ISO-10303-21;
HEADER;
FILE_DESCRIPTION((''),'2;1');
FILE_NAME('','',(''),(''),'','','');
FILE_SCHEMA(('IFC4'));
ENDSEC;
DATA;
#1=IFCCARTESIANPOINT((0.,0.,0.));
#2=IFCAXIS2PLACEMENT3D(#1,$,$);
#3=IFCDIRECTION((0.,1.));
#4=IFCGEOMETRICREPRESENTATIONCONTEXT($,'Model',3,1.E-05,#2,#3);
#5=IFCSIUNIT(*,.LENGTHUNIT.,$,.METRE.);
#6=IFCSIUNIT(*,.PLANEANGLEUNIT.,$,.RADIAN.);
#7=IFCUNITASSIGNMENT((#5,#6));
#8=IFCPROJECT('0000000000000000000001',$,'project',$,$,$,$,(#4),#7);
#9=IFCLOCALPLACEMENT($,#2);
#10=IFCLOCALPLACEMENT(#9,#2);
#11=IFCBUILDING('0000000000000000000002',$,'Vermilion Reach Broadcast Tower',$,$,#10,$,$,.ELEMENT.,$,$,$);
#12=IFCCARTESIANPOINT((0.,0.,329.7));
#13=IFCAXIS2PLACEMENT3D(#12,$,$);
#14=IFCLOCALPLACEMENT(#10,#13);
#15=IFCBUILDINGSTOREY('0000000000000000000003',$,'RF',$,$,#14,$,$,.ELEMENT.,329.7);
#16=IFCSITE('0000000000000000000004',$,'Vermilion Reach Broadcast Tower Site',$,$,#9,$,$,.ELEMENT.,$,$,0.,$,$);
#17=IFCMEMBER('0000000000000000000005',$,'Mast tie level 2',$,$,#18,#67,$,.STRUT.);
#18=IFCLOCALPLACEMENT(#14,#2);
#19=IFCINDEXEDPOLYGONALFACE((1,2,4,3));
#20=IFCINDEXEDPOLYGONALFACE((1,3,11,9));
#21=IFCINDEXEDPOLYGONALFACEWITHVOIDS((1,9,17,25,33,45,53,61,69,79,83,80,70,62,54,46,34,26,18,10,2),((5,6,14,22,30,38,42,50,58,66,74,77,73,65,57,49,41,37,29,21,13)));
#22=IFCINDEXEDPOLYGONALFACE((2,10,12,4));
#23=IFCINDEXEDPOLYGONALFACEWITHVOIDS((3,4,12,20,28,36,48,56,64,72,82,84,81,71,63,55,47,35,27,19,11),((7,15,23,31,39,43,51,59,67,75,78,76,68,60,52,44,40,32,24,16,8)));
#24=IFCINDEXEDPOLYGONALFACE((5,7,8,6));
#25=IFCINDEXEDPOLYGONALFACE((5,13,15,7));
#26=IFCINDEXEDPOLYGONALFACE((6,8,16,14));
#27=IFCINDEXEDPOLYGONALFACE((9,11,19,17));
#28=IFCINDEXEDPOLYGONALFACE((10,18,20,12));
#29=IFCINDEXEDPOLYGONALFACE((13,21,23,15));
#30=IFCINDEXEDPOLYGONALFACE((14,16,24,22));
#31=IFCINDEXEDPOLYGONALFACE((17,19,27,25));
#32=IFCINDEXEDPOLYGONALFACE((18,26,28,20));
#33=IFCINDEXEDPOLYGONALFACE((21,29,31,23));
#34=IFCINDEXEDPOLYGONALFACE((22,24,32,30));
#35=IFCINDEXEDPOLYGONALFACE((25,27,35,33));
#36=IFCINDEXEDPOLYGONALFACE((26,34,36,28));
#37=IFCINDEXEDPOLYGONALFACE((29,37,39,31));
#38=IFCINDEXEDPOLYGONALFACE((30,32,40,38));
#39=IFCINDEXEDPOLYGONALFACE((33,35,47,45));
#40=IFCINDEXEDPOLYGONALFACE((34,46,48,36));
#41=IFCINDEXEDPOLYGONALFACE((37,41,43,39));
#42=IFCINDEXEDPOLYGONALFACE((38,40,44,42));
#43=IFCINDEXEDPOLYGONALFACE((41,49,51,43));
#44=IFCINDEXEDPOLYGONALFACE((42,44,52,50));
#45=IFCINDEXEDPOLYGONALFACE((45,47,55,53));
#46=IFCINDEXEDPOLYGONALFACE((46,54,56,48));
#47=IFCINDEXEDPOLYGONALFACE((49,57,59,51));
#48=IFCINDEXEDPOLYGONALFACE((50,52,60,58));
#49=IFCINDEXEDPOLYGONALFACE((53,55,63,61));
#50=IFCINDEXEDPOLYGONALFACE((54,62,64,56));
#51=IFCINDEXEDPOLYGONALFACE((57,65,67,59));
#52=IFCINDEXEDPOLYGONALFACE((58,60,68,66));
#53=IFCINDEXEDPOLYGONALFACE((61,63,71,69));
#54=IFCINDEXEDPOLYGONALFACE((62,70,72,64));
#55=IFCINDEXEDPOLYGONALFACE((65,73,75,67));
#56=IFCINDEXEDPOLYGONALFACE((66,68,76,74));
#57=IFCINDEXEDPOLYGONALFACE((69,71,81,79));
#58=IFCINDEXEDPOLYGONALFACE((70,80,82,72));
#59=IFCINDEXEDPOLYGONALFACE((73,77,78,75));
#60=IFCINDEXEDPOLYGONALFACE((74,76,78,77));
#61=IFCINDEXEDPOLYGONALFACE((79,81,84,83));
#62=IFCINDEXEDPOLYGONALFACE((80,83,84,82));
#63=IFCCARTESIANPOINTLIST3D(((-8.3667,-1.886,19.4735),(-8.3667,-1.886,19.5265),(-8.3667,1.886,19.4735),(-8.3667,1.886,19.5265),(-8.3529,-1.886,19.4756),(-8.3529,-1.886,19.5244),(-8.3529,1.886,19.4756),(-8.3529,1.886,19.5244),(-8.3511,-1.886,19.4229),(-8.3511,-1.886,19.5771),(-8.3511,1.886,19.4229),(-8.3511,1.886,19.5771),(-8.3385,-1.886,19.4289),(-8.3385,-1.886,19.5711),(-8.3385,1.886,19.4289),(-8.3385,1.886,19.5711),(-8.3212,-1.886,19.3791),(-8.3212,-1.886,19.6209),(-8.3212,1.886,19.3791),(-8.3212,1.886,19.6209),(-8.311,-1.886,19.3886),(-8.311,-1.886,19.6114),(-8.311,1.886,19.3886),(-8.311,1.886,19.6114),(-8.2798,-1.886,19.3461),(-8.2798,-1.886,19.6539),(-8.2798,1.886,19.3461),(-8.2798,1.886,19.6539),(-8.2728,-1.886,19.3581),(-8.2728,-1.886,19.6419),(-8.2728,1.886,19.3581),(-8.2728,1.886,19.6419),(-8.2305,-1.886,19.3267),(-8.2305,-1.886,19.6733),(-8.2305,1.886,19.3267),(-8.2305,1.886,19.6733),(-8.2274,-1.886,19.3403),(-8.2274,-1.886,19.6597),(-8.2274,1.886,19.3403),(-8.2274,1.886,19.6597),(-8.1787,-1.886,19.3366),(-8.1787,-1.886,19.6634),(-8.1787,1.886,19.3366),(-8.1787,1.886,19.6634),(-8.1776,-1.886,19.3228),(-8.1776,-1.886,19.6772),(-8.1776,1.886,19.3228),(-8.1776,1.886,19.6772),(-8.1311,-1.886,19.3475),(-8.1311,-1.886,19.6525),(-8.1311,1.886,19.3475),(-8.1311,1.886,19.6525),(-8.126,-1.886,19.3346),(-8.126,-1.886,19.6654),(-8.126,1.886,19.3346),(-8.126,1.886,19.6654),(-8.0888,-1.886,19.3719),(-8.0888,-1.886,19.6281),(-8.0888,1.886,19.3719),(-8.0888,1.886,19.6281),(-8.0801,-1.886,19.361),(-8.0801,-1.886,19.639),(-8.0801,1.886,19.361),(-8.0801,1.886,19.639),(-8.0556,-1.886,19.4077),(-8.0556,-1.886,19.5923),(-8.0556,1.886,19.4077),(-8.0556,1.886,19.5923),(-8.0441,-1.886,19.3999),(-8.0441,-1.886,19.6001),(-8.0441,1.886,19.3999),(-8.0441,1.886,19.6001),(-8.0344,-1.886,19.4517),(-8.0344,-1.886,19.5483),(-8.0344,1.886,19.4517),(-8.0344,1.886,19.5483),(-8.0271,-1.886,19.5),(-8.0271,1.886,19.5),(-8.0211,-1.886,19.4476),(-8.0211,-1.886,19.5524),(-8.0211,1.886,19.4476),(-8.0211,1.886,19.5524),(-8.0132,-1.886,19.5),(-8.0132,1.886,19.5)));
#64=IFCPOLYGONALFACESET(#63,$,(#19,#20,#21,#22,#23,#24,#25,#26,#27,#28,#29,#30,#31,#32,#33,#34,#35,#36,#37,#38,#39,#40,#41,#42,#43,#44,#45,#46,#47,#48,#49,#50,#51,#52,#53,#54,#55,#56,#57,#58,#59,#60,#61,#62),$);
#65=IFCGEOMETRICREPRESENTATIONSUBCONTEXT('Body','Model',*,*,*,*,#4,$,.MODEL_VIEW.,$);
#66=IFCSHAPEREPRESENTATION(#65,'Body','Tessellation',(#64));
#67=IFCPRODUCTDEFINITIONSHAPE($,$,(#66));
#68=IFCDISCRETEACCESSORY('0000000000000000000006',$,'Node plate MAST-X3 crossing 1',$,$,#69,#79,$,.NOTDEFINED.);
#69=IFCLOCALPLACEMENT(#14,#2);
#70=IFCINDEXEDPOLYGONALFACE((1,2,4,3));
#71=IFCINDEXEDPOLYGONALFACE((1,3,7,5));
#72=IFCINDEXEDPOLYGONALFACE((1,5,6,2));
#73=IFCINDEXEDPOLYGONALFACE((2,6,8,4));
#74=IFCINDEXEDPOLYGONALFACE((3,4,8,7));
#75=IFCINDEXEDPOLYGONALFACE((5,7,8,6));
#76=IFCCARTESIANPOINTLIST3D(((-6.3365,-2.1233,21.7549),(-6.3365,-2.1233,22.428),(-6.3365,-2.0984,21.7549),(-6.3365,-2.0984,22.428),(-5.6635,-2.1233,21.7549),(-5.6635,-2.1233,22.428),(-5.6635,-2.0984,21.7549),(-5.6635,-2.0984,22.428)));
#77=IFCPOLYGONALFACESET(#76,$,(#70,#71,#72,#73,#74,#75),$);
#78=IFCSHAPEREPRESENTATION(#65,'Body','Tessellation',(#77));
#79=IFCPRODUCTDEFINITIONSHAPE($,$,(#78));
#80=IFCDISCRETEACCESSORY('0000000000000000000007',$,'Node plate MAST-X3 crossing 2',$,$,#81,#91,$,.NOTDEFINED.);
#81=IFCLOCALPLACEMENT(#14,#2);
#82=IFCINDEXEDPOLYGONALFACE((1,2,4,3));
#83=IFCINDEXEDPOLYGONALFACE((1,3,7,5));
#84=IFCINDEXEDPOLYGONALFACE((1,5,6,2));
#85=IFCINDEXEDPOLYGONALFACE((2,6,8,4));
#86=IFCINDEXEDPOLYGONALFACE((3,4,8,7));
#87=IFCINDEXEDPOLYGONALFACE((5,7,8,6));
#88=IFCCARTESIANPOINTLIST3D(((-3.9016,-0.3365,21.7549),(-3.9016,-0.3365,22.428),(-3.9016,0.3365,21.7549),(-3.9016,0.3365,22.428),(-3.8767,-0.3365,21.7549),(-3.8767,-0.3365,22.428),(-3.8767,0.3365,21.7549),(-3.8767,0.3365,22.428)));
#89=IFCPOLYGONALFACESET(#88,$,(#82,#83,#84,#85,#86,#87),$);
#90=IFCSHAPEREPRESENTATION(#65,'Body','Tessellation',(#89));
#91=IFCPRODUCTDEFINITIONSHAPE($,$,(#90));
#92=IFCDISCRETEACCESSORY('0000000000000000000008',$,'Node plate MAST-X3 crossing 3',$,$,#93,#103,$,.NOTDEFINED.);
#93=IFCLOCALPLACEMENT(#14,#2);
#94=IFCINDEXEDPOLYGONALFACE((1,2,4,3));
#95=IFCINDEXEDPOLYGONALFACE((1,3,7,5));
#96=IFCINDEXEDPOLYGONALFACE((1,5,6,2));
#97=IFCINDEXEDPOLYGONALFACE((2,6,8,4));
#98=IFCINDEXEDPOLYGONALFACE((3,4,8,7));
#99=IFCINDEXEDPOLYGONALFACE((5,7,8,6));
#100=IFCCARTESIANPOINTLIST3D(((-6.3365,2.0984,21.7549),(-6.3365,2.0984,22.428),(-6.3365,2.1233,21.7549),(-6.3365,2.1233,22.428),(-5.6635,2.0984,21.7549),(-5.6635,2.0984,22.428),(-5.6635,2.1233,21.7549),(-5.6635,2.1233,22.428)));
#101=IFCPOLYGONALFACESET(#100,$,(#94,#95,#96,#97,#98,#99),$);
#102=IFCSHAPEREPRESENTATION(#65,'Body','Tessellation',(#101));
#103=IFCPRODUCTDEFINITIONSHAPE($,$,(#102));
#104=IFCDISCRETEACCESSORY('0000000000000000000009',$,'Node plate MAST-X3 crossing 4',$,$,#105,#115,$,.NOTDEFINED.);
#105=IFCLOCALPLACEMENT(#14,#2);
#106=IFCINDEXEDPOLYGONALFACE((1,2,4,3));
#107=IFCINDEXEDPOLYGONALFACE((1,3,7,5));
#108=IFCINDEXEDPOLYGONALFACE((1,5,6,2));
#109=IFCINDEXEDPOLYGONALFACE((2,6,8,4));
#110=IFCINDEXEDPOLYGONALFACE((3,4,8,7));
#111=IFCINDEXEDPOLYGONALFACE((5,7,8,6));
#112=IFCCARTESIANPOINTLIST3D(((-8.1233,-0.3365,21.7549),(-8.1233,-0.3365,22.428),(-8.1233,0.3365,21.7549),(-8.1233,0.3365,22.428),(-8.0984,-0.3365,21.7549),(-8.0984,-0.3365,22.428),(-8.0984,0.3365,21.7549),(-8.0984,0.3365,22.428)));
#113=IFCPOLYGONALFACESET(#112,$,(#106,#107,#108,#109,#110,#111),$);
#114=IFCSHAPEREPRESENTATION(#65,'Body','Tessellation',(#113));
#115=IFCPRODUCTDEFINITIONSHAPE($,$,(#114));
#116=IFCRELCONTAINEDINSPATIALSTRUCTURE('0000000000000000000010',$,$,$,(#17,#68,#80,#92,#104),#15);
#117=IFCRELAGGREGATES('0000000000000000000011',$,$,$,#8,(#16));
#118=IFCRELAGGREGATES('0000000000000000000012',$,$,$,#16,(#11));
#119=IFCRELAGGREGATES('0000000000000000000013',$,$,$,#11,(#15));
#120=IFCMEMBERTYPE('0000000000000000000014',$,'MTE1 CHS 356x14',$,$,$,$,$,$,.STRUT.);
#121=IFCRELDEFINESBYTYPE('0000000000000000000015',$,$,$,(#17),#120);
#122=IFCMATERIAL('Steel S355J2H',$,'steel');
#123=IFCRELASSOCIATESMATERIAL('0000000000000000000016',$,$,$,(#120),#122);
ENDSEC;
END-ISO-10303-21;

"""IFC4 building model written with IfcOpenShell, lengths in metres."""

from ifc_helpers import new_model, si_unit, direction, frame, origin, origin_2d, place, context, subcontext, project, spatial, rectangle, hollow_circle, extrude, material, material_profile, profile_set, type_object, element, save


model = new_model("IFC4")

# Units and contexts
model_context = context("Model", 3, precision=1e-05, world=origin(), true_north=direction((0.0, 1.0)))
body_context = subcontext(model_context, "Body", "Model", "MODEL_VIEW")
ifc_project = project(units=[si_unit("LENGTHUNIT", "METRE"), si_unit("PLANEANGLEUNIT", "RADIAN")], contexts=[model_context])

# Site, building, storey
site_placement = place(None, origin())
site = spatial("IfcSite", under=ifc_project, at=site_placement, Name="Vermilion Reach Broadcast Tower Site", CompositionType="ELEMENT", RefElevation=0.0)
building_placement = place(site_placement, origin())
building = spatial("IfcBuilding", under=site, at=building_placement, Name="Vermilion Reach Broadcast Tower", CompositionType="ELEMENT")
storey_placement = place(building_placement, frame((0.0, 0.0, 329.7)))
storey = spatial("IfcBuildingStorey", under=building, at=storey_placement, Name="RF", CompositionType="ELEMENT", Elevation=329.7)

# Member
ifc_material_1 = material(Name="Steel S355J2H", Category="steel")
ifc_material_profile_1 = material_profile(ifc_material_1, hollow_circle(Radius=0.1777, WallThickness=0.0139, at=origin_2d()), Name="S355J2H CHS 356x14")
ifc_profile_set_1 = profile_set([ifc_material_profile_1], Name="Steel S355J2H")
member_type_1 = type_object("IfcMemberType", Name="MTE1 CHS 356x14", PredefinedType="STRUT", material=ifc_profile_set_1)
for number, where, z_axis, x_axis, name in (
    (1, (-8.1909, 1.886, 19.5), (0.0, -1.0, 0.0), (1.0, 0.0, 0.0), "Mast tie level 2"),
):
    element("IfcMember", number, at=place(storey_placement, frame(where, z_axis=z_axis, x_axis=x_axis)), inside=storey, type_object=member_type_1, Name=name, PredefinedType="STRUT", context=body_context, shape_type="SweptSolid", body=[
        extrude(hollow_circle(Radius=0.1777, WallThickness=0.0139, at=origin_2d()), origin(), (0.0, 0.0, 1.0), 3.772),
    ])

# Discrete accessories
for number, where, z_axis, x_axis, name in (
    (2, (-6.0, -2.1108, 21.7549), (0.0, 0.0, 1.0), (0.0, 1.0, 0.0), "Node plate MAST-X3 crossing 1"),
    (3, (-3.8892, 0.0, 21.7549), (0.0, 0.0, 1.0), (-1.0, 0.0, 0.0), "Node plate MAST-X3 crossing 2"),
    (4, (-6.0, 2.1108, 21.7549), (0.0, 0.0, 1.0), (0.0, -1.0, 0.0), "Node plate MAST-X3 crossing 3"),
    (5, (-8.1108, 0.0, 21.7549), (0.0, 0.0, 1.0), (1.0, 0.0, 0.0), "Node plate MAST-X3 crossing 4"),
):
    element("IfcDiscreteAccessory", number, at=place(storey_placement, frame(where, z_axis=z_axis, x_axis=x_axis)), inside=storey, Name=name, PredefinedType="NOTDEFINED", context=body_context, shape_type="SweptSolid", body=[
        extrude(rectangle(XDim=0.0249, YDim=0.6731, at=origin_2d()), origin(), (0.0, 0.0, 1.0), 0.6731),
    ])

save(model, "model.ifc")
